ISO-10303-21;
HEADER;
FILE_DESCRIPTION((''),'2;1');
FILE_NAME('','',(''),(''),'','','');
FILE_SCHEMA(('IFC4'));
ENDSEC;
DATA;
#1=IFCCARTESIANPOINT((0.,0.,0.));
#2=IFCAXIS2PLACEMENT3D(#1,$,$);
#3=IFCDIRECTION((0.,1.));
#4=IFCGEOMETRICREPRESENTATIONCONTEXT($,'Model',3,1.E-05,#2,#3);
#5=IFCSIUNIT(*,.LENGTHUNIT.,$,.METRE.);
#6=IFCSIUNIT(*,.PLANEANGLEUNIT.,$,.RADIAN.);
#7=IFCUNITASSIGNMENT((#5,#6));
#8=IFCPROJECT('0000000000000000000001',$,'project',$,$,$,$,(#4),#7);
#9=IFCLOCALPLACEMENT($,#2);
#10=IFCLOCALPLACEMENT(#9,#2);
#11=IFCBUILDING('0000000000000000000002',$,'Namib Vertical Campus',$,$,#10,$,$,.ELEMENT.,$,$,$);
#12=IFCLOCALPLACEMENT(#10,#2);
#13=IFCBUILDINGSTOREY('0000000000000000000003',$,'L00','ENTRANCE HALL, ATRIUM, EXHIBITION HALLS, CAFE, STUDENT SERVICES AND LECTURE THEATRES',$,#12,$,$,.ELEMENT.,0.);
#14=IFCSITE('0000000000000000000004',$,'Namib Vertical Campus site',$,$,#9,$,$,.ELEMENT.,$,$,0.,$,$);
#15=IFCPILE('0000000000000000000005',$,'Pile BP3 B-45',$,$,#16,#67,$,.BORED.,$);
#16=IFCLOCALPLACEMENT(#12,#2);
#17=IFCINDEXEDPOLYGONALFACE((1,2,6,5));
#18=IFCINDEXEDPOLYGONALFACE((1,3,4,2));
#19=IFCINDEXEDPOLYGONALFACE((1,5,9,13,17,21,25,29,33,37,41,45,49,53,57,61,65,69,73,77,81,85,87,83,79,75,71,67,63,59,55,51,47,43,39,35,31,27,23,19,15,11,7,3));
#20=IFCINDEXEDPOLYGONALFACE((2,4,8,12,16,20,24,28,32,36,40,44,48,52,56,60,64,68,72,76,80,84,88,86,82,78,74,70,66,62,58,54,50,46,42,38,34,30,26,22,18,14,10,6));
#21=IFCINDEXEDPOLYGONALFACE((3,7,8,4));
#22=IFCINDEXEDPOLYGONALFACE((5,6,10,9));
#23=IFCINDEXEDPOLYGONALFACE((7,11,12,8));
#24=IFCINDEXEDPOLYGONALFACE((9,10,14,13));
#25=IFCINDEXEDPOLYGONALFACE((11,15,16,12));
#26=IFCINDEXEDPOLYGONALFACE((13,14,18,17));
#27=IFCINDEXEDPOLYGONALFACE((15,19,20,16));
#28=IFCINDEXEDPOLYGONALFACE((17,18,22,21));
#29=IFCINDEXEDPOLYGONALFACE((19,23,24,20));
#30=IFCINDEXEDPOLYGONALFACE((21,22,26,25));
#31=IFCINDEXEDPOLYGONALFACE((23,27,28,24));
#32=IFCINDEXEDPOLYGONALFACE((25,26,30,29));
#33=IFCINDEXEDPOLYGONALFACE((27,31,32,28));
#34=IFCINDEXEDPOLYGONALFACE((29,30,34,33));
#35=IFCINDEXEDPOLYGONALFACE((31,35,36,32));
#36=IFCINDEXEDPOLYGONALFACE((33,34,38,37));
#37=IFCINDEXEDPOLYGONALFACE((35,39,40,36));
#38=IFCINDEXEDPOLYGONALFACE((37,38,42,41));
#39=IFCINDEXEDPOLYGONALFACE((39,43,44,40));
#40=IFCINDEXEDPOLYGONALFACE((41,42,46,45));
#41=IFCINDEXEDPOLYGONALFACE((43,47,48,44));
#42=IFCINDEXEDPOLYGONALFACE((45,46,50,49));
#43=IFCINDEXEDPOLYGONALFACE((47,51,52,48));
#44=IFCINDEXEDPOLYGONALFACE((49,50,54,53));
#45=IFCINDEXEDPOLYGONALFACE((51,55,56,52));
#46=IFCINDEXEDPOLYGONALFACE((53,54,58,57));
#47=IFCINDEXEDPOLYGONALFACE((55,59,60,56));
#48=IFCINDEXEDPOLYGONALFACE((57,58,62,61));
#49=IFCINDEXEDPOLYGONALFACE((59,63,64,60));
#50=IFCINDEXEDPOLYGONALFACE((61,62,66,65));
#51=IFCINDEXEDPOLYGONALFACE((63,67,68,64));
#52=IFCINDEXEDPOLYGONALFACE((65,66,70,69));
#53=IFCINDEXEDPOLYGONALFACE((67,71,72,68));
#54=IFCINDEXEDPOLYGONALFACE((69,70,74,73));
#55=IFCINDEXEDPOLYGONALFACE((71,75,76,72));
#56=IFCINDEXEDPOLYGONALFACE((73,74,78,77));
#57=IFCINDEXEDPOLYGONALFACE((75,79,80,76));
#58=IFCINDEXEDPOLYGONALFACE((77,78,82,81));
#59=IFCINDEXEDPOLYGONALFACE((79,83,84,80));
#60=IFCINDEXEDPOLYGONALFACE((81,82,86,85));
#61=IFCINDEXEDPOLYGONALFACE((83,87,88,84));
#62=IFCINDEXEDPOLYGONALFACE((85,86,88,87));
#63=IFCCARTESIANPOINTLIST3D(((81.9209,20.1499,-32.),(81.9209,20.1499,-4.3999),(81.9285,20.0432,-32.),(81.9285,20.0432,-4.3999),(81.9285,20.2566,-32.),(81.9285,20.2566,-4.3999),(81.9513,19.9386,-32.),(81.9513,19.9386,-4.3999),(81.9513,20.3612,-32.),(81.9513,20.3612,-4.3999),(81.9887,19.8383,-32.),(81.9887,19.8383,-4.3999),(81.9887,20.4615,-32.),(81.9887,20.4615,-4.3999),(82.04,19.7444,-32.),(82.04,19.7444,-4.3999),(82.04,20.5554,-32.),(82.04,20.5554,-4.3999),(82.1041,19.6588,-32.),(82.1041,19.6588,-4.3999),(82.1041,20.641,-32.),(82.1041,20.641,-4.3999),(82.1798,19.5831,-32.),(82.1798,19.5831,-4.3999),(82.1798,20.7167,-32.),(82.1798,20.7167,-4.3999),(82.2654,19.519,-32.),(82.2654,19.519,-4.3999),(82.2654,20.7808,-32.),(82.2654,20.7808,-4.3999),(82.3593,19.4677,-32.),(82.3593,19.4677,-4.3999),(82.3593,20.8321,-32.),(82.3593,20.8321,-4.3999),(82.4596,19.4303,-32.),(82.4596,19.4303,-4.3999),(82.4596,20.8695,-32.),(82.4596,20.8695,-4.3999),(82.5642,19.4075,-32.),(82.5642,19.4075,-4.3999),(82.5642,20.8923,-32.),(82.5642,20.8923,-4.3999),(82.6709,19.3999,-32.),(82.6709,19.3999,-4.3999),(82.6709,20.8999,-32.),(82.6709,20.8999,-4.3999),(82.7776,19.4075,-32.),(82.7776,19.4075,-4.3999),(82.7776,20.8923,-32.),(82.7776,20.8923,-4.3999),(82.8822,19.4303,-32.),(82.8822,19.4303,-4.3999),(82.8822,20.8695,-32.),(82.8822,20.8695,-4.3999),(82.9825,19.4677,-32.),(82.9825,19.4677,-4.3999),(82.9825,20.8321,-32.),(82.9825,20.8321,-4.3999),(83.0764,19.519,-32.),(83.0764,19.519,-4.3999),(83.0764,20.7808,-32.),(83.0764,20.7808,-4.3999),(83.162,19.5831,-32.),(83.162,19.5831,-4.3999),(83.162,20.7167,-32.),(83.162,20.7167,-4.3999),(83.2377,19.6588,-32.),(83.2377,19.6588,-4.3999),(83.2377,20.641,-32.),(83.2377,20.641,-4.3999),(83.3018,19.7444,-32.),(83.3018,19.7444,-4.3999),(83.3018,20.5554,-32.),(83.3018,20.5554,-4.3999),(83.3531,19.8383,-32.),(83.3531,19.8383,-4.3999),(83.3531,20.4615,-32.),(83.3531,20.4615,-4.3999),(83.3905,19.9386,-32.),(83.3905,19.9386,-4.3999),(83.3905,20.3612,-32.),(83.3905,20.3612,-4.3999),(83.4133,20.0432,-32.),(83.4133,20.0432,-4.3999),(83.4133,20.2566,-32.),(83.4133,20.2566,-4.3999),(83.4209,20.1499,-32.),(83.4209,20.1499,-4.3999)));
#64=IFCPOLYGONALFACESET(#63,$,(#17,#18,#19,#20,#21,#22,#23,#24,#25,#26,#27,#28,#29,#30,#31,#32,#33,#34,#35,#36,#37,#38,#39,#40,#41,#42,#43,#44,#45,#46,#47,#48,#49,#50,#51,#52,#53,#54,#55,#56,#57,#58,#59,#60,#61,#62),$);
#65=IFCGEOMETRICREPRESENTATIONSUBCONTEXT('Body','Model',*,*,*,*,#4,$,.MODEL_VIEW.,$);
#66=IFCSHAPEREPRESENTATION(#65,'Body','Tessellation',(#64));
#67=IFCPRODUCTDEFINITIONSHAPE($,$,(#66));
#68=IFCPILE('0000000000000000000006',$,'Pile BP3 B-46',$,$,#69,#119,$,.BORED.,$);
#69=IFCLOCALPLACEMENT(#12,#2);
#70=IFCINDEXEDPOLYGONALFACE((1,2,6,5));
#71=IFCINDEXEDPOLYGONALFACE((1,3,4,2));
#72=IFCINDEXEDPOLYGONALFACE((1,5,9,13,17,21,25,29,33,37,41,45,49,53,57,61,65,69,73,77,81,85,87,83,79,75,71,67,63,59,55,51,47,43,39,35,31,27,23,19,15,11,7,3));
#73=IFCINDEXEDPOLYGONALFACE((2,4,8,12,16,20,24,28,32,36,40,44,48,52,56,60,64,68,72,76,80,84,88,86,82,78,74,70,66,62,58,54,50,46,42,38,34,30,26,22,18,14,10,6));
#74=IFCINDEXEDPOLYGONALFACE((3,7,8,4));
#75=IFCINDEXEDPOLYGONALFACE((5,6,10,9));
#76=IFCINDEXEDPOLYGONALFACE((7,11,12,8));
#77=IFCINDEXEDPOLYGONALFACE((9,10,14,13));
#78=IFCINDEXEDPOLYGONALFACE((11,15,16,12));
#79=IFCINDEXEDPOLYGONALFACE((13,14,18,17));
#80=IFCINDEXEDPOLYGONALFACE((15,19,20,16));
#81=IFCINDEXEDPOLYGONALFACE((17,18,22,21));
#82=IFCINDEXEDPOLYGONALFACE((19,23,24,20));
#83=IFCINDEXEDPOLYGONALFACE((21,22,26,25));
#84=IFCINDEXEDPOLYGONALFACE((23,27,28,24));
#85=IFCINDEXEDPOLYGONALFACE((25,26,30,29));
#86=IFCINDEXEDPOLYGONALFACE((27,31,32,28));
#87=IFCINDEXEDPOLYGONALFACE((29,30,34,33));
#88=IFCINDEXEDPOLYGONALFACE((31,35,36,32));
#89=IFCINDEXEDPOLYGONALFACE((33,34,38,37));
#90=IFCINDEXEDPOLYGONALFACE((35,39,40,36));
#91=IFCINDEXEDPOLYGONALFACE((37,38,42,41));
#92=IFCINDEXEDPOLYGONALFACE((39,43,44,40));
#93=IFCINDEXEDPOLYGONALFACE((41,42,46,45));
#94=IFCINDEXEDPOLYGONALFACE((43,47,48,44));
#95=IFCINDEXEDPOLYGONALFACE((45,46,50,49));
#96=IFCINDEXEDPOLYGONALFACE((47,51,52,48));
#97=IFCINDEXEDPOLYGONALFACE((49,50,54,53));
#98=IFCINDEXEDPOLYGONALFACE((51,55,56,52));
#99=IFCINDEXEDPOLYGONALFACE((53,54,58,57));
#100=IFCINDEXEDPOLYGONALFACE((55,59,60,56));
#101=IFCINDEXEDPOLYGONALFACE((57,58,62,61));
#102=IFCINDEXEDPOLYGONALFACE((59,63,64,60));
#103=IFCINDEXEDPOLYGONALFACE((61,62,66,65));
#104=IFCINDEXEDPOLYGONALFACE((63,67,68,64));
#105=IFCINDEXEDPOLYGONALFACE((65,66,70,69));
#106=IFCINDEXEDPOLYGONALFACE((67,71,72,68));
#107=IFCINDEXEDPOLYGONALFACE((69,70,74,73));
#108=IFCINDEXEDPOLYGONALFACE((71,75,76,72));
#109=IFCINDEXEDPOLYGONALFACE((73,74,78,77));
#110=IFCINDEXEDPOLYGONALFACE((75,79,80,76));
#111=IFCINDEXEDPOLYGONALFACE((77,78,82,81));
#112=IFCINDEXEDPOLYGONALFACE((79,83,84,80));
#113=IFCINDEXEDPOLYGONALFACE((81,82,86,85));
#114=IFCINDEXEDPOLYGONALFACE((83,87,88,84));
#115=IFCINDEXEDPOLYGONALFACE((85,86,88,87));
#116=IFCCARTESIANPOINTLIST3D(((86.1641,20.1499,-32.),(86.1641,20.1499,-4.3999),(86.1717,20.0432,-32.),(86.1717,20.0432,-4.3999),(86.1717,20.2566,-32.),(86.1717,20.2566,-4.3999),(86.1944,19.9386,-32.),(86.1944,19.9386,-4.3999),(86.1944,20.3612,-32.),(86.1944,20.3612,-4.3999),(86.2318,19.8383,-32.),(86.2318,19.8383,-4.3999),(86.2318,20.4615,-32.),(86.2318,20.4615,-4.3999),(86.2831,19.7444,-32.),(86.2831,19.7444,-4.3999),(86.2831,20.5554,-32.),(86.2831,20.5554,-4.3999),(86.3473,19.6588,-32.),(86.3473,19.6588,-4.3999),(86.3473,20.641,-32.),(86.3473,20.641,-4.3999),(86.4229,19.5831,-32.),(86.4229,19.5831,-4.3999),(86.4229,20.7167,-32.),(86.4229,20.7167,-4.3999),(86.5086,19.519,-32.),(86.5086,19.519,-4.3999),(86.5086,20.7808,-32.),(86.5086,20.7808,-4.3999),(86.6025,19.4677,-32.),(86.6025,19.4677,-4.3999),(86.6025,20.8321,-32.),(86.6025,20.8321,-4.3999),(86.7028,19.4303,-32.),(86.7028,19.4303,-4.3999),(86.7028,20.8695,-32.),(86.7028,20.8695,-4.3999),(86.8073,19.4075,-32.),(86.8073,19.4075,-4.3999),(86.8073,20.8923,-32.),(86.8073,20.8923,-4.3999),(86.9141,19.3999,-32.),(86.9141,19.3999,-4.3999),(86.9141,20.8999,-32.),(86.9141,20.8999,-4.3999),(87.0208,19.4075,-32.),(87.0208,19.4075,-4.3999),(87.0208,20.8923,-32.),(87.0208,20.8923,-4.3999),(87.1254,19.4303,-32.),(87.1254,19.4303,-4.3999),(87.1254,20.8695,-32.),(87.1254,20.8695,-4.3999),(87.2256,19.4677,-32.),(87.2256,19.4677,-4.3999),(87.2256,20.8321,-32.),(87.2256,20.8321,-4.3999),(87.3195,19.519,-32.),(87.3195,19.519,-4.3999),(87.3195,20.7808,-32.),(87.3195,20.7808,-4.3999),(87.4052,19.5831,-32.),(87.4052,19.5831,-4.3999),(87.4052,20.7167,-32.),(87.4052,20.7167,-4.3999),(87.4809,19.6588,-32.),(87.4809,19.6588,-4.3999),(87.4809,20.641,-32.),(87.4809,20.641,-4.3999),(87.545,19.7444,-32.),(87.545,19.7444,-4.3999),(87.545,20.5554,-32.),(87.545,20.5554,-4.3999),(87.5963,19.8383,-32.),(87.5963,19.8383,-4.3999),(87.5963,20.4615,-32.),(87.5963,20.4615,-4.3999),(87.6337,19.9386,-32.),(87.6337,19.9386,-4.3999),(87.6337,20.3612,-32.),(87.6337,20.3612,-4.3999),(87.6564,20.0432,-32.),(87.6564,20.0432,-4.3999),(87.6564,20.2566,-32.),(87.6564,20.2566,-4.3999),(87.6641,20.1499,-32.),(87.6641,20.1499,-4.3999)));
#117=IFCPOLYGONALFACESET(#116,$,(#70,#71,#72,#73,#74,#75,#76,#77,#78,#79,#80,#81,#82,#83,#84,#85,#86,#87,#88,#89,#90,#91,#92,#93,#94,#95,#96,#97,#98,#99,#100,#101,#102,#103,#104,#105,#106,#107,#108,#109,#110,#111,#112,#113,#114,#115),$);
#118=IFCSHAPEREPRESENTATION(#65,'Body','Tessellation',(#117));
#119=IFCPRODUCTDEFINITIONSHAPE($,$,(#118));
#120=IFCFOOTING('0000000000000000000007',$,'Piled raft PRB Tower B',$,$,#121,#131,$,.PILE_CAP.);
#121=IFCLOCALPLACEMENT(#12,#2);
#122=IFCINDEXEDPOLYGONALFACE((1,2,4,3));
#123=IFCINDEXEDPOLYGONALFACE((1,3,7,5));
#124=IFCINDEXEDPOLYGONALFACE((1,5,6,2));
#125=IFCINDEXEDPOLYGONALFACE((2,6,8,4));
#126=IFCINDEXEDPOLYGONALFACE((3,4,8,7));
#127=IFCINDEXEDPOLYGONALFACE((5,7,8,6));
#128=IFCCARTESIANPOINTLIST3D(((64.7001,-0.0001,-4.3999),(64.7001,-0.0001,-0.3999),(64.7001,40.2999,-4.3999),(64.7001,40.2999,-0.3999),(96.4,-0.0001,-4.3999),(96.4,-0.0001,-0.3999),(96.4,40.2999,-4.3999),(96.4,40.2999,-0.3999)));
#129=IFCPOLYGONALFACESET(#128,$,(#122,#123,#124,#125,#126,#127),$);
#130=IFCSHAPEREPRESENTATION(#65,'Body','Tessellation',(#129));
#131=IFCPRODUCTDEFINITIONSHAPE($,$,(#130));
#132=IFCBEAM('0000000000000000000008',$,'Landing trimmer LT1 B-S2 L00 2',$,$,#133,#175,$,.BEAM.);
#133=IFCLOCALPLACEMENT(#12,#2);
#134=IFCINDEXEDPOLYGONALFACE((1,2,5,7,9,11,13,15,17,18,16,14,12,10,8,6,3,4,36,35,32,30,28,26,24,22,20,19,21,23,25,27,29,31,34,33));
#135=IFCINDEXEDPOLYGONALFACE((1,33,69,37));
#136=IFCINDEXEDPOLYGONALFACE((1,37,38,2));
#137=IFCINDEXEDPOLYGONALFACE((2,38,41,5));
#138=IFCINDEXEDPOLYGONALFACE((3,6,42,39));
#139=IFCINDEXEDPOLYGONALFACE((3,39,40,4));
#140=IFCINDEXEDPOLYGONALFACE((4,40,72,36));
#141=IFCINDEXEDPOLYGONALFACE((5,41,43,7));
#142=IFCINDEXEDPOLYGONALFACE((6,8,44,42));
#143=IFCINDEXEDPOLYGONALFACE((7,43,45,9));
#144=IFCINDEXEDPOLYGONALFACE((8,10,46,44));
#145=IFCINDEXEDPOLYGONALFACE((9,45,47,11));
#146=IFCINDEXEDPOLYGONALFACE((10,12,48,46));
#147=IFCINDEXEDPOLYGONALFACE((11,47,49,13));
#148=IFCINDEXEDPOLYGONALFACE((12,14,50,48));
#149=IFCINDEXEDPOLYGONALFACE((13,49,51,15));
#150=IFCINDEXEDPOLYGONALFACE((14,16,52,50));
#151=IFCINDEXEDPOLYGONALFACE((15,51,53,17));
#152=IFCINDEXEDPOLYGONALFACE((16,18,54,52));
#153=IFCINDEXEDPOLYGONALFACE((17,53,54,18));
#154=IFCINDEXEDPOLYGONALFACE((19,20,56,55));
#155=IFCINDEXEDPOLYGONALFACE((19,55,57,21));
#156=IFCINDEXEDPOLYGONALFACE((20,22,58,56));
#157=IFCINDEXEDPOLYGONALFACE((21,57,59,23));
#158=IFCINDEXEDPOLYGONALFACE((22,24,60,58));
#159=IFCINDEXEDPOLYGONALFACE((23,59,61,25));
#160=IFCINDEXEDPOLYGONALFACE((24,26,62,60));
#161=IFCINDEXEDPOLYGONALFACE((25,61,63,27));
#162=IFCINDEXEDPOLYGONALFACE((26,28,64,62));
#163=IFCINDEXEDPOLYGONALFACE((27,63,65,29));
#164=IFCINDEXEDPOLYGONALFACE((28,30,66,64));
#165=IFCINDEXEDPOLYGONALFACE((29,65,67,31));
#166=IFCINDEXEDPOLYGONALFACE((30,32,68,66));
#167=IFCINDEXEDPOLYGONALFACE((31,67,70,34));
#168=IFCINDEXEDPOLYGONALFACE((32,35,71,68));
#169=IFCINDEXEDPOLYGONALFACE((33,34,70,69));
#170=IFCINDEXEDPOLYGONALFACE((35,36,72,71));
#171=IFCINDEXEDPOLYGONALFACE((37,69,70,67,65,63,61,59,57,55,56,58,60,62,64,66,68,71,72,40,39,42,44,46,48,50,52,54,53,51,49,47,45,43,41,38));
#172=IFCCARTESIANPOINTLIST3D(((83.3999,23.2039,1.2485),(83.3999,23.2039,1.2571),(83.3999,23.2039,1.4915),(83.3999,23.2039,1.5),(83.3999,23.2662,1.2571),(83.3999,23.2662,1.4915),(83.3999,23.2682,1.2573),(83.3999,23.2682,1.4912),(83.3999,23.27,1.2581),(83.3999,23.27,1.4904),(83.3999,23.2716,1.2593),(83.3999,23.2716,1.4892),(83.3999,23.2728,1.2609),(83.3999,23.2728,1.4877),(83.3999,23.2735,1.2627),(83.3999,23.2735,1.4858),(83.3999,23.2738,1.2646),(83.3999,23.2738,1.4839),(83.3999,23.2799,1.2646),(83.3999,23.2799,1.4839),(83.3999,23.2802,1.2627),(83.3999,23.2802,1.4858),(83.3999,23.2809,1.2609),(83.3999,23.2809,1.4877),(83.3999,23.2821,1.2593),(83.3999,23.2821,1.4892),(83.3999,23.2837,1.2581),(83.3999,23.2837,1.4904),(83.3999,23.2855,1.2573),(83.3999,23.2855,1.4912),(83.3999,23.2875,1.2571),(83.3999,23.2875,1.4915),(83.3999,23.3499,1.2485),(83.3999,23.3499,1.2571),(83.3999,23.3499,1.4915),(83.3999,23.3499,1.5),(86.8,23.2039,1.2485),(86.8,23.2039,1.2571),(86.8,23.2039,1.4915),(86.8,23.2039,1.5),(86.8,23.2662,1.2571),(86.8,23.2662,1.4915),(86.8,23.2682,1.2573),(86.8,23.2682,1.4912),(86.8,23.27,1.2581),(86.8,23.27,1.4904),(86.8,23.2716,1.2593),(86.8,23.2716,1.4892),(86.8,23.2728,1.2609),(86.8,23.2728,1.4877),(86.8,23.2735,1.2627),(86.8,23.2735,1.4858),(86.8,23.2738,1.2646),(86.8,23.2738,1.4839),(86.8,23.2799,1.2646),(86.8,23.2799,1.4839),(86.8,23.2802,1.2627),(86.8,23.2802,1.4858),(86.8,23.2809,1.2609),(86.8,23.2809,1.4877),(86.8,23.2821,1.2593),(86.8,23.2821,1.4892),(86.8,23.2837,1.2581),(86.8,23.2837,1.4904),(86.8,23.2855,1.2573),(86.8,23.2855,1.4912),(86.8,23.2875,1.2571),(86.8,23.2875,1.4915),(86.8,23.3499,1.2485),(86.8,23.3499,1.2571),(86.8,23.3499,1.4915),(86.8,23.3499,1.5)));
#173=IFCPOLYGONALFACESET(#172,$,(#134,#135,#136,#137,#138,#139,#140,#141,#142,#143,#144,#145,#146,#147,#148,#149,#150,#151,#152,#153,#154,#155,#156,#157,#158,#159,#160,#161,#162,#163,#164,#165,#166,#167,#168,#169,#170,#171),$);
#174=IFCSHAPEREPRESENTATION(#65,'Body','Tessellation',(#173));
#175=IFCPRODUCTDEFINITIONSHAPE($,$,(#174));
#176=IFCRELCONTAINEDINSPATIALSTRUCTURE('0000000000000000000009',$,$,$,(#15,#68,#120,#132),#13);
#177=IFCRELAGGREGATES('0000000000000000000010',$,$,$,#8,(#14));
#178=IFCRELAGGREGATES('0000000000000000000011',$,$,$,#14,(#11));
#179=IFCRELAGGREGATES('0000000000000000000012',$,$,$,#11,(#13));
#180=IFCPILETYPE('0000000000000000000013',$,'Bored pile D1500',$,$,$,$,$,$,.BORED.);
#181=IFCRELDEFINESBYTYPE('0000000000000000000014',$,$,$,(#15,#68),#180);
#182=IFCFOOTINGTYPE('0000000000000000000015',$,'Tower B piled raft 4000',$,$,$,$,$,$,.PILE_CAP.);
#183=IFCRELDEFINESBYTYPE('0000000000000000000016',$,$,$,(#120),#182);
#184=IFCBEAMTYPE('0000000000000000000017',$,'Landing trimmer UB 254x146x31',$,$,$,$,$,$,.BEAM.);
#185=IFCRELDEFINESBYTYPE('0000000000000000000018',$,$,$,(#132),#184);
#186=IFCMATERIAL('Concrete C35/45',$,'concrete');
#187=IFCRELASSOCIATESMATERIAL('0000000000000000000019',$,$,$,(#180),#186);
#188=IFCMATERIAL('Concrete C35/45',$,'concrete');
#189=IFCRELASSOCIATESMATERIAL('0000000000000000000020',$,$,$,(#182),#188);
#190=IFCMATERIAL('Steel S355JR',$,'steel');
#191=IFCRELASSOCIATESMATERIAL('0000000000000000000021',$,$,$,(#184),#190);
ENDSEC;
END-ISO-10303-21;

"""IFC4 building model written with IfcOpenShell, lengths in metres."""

from ifc_helpers import new_model, si_unit, direction, frame, origin, origin_2d, place, context, subcontext, project, spatial, rectangle, circle, i_section, extrude, material, material_profile, profile_set, type_object, element, save


model = new_model("IFC4")

# Units and contexts
model_context = context("Model", 3, precision=1e-05, world=origin(), true_north=direction((0.0, 1.0)))
body_context = subcontext(model_context, "Body", "Model", "MODEL_VIEW")
ifc_project = project(units=[si_unit("LENGTHUNIT", "METRE"), si_unit("PLANEANGLEUNIT", "RADIAN")], contexts=[model_context])

# Site, building, storey
site_placement = place(None, origin())
site = spatial("IfcSite", under=ifc_project, at=site_placement, Name="Namib Vertical Campus site", CompositionType="ELEMENT", RefElevation=0.0)
building_placement = place(site_placement, origin())
building = spatial("IfcBuilding", under=site, at=building_placement, Name="Namib Vertical Campus", CompositionType="ELEMENT")
storey_placement = place(building_placement, origin())
storey = spatial("IfcBuildingStorey", under=building, at=storey_placement, Name="L00", Description="ENTRANCE HALL, ATRIUM, EXHIBITION HALLS, CAFE, STUDENT SERVICES AND LECTURE THEATRES", CompositionType="ELEMENT", Elevation=0.0)

# Piles
ifc_material_1 = material(Name="Concrete C35/45", Category="concrete")
ifc_material_profile_1 = material_profile(ifc_material_1, circle(Radius=0.75, at=origin_2d()))
ifc_profile_set_1 = profile_set([ifc_material_profile_1], Name="Concrete C35/45")
pile_type = type_object("IfcPileType", Name="Bored pile D1500", PredefinedType="BORED", material=ifc_profile_set_1)
for number, where, z_axis, x_axis, name in (
    (1, (82.6709, 20.1499, -4.3999), (0.0, 0.0, -1.0), (1.0, 0.0, 0.0), "Pile BP3 B-45"),
    (2, (86.9141, 20.1499, -4.3999), (0.0, 0.0, -1.0), (1.0, 0.0, 0.0), "Pile BP3 B-46"),
):
    element("IfcPile", number, at=place(storey_placement, frame(where, z_axis=z_axis, x_axis=x_axis)), inside=storey, type_object=pile_type, Name=name, PredefinedType="BORED", context=body_context, shape_type="SweptSolid", body=[
        extrude(circle(Radius=0.75, at=origin_2d()), origin(), (0.0, 0.0, 1.0), 27.6001),
    ])

# Footing
ifc_material_2 = material(Name="Concrete C35/45", Category="concrete")
footing_type = type_object("IfcFootingType", Name="Tower B piled raft 4000", PredefinedType="PILE_CAP", material=ifc_material_2)
footing_placement = place(storey_placement, frame((80.55, 20.1499, -4.3999), z_axis=(0.0, 0.0, 1.0), x_axis=(1.0, 0.0, 0.0)))
element("IfcFooting", 3, at=footing_placement, inside=storey, type_object=footing_type, Name="Piled raft PRB Tower B", PredefinedType="PILE_CAP", context=body_context, shape_type="SweptSolid", body=[
    extrude(rectangle(XDim=31.7, YDim=40.3, at=origin_2d()), origin(), (0.0, 0.0, 1.0), 4.0),
])

# Beam
ifc_material_3 = material(Name="Steel S355JR", Category="steel")
ifc_material_profile_2 = material_profile(ifc_material_3, i_section(OverallWidth=0.146, OverallDepth=0.2515, WebThickness=0.0061, FlangeThickness=0.0085, FilletRadius=0.0076, at=origin_2d()))
ifc_profile_set_2 = profile_set([ifc_material_profile_2], Name="Steel S355JR")
beam_type = type_object("IfcBeamType", Name="Landing trimmer UB 254x146x31", PredefinedType="BEAM", material=ifc_profile_set_2)
for number, where, z_axis, x_axis, name in (
    (4, (83.3999, 23.2769, 1.3743), (1.0, 0.0, 0.0), (0.0, 1.0, 0.0), "Landing trimmer LT1 B-S2 L00 2"),
):
    element("IfcBeam", number, at=place(storey_placement, frame(where, z_axis=z_axis, x_axis=x_axis)), inside=storey, type_object=beam_type, Name=name, PredefinedType="BEAM", context=body_context, shape_type="SweptSolid", body=[
        extrude(i_section(OverallWidth=0.146, OverallDepth=0.2515, WebThickness=0.0061, FlangeThickness=0.0085, FilletRadius=0.0076, at=origin_2d()), origin(), (0.0, 0.0, 1.0), 3.4001),
    ])

save(model, "model.ifc")
